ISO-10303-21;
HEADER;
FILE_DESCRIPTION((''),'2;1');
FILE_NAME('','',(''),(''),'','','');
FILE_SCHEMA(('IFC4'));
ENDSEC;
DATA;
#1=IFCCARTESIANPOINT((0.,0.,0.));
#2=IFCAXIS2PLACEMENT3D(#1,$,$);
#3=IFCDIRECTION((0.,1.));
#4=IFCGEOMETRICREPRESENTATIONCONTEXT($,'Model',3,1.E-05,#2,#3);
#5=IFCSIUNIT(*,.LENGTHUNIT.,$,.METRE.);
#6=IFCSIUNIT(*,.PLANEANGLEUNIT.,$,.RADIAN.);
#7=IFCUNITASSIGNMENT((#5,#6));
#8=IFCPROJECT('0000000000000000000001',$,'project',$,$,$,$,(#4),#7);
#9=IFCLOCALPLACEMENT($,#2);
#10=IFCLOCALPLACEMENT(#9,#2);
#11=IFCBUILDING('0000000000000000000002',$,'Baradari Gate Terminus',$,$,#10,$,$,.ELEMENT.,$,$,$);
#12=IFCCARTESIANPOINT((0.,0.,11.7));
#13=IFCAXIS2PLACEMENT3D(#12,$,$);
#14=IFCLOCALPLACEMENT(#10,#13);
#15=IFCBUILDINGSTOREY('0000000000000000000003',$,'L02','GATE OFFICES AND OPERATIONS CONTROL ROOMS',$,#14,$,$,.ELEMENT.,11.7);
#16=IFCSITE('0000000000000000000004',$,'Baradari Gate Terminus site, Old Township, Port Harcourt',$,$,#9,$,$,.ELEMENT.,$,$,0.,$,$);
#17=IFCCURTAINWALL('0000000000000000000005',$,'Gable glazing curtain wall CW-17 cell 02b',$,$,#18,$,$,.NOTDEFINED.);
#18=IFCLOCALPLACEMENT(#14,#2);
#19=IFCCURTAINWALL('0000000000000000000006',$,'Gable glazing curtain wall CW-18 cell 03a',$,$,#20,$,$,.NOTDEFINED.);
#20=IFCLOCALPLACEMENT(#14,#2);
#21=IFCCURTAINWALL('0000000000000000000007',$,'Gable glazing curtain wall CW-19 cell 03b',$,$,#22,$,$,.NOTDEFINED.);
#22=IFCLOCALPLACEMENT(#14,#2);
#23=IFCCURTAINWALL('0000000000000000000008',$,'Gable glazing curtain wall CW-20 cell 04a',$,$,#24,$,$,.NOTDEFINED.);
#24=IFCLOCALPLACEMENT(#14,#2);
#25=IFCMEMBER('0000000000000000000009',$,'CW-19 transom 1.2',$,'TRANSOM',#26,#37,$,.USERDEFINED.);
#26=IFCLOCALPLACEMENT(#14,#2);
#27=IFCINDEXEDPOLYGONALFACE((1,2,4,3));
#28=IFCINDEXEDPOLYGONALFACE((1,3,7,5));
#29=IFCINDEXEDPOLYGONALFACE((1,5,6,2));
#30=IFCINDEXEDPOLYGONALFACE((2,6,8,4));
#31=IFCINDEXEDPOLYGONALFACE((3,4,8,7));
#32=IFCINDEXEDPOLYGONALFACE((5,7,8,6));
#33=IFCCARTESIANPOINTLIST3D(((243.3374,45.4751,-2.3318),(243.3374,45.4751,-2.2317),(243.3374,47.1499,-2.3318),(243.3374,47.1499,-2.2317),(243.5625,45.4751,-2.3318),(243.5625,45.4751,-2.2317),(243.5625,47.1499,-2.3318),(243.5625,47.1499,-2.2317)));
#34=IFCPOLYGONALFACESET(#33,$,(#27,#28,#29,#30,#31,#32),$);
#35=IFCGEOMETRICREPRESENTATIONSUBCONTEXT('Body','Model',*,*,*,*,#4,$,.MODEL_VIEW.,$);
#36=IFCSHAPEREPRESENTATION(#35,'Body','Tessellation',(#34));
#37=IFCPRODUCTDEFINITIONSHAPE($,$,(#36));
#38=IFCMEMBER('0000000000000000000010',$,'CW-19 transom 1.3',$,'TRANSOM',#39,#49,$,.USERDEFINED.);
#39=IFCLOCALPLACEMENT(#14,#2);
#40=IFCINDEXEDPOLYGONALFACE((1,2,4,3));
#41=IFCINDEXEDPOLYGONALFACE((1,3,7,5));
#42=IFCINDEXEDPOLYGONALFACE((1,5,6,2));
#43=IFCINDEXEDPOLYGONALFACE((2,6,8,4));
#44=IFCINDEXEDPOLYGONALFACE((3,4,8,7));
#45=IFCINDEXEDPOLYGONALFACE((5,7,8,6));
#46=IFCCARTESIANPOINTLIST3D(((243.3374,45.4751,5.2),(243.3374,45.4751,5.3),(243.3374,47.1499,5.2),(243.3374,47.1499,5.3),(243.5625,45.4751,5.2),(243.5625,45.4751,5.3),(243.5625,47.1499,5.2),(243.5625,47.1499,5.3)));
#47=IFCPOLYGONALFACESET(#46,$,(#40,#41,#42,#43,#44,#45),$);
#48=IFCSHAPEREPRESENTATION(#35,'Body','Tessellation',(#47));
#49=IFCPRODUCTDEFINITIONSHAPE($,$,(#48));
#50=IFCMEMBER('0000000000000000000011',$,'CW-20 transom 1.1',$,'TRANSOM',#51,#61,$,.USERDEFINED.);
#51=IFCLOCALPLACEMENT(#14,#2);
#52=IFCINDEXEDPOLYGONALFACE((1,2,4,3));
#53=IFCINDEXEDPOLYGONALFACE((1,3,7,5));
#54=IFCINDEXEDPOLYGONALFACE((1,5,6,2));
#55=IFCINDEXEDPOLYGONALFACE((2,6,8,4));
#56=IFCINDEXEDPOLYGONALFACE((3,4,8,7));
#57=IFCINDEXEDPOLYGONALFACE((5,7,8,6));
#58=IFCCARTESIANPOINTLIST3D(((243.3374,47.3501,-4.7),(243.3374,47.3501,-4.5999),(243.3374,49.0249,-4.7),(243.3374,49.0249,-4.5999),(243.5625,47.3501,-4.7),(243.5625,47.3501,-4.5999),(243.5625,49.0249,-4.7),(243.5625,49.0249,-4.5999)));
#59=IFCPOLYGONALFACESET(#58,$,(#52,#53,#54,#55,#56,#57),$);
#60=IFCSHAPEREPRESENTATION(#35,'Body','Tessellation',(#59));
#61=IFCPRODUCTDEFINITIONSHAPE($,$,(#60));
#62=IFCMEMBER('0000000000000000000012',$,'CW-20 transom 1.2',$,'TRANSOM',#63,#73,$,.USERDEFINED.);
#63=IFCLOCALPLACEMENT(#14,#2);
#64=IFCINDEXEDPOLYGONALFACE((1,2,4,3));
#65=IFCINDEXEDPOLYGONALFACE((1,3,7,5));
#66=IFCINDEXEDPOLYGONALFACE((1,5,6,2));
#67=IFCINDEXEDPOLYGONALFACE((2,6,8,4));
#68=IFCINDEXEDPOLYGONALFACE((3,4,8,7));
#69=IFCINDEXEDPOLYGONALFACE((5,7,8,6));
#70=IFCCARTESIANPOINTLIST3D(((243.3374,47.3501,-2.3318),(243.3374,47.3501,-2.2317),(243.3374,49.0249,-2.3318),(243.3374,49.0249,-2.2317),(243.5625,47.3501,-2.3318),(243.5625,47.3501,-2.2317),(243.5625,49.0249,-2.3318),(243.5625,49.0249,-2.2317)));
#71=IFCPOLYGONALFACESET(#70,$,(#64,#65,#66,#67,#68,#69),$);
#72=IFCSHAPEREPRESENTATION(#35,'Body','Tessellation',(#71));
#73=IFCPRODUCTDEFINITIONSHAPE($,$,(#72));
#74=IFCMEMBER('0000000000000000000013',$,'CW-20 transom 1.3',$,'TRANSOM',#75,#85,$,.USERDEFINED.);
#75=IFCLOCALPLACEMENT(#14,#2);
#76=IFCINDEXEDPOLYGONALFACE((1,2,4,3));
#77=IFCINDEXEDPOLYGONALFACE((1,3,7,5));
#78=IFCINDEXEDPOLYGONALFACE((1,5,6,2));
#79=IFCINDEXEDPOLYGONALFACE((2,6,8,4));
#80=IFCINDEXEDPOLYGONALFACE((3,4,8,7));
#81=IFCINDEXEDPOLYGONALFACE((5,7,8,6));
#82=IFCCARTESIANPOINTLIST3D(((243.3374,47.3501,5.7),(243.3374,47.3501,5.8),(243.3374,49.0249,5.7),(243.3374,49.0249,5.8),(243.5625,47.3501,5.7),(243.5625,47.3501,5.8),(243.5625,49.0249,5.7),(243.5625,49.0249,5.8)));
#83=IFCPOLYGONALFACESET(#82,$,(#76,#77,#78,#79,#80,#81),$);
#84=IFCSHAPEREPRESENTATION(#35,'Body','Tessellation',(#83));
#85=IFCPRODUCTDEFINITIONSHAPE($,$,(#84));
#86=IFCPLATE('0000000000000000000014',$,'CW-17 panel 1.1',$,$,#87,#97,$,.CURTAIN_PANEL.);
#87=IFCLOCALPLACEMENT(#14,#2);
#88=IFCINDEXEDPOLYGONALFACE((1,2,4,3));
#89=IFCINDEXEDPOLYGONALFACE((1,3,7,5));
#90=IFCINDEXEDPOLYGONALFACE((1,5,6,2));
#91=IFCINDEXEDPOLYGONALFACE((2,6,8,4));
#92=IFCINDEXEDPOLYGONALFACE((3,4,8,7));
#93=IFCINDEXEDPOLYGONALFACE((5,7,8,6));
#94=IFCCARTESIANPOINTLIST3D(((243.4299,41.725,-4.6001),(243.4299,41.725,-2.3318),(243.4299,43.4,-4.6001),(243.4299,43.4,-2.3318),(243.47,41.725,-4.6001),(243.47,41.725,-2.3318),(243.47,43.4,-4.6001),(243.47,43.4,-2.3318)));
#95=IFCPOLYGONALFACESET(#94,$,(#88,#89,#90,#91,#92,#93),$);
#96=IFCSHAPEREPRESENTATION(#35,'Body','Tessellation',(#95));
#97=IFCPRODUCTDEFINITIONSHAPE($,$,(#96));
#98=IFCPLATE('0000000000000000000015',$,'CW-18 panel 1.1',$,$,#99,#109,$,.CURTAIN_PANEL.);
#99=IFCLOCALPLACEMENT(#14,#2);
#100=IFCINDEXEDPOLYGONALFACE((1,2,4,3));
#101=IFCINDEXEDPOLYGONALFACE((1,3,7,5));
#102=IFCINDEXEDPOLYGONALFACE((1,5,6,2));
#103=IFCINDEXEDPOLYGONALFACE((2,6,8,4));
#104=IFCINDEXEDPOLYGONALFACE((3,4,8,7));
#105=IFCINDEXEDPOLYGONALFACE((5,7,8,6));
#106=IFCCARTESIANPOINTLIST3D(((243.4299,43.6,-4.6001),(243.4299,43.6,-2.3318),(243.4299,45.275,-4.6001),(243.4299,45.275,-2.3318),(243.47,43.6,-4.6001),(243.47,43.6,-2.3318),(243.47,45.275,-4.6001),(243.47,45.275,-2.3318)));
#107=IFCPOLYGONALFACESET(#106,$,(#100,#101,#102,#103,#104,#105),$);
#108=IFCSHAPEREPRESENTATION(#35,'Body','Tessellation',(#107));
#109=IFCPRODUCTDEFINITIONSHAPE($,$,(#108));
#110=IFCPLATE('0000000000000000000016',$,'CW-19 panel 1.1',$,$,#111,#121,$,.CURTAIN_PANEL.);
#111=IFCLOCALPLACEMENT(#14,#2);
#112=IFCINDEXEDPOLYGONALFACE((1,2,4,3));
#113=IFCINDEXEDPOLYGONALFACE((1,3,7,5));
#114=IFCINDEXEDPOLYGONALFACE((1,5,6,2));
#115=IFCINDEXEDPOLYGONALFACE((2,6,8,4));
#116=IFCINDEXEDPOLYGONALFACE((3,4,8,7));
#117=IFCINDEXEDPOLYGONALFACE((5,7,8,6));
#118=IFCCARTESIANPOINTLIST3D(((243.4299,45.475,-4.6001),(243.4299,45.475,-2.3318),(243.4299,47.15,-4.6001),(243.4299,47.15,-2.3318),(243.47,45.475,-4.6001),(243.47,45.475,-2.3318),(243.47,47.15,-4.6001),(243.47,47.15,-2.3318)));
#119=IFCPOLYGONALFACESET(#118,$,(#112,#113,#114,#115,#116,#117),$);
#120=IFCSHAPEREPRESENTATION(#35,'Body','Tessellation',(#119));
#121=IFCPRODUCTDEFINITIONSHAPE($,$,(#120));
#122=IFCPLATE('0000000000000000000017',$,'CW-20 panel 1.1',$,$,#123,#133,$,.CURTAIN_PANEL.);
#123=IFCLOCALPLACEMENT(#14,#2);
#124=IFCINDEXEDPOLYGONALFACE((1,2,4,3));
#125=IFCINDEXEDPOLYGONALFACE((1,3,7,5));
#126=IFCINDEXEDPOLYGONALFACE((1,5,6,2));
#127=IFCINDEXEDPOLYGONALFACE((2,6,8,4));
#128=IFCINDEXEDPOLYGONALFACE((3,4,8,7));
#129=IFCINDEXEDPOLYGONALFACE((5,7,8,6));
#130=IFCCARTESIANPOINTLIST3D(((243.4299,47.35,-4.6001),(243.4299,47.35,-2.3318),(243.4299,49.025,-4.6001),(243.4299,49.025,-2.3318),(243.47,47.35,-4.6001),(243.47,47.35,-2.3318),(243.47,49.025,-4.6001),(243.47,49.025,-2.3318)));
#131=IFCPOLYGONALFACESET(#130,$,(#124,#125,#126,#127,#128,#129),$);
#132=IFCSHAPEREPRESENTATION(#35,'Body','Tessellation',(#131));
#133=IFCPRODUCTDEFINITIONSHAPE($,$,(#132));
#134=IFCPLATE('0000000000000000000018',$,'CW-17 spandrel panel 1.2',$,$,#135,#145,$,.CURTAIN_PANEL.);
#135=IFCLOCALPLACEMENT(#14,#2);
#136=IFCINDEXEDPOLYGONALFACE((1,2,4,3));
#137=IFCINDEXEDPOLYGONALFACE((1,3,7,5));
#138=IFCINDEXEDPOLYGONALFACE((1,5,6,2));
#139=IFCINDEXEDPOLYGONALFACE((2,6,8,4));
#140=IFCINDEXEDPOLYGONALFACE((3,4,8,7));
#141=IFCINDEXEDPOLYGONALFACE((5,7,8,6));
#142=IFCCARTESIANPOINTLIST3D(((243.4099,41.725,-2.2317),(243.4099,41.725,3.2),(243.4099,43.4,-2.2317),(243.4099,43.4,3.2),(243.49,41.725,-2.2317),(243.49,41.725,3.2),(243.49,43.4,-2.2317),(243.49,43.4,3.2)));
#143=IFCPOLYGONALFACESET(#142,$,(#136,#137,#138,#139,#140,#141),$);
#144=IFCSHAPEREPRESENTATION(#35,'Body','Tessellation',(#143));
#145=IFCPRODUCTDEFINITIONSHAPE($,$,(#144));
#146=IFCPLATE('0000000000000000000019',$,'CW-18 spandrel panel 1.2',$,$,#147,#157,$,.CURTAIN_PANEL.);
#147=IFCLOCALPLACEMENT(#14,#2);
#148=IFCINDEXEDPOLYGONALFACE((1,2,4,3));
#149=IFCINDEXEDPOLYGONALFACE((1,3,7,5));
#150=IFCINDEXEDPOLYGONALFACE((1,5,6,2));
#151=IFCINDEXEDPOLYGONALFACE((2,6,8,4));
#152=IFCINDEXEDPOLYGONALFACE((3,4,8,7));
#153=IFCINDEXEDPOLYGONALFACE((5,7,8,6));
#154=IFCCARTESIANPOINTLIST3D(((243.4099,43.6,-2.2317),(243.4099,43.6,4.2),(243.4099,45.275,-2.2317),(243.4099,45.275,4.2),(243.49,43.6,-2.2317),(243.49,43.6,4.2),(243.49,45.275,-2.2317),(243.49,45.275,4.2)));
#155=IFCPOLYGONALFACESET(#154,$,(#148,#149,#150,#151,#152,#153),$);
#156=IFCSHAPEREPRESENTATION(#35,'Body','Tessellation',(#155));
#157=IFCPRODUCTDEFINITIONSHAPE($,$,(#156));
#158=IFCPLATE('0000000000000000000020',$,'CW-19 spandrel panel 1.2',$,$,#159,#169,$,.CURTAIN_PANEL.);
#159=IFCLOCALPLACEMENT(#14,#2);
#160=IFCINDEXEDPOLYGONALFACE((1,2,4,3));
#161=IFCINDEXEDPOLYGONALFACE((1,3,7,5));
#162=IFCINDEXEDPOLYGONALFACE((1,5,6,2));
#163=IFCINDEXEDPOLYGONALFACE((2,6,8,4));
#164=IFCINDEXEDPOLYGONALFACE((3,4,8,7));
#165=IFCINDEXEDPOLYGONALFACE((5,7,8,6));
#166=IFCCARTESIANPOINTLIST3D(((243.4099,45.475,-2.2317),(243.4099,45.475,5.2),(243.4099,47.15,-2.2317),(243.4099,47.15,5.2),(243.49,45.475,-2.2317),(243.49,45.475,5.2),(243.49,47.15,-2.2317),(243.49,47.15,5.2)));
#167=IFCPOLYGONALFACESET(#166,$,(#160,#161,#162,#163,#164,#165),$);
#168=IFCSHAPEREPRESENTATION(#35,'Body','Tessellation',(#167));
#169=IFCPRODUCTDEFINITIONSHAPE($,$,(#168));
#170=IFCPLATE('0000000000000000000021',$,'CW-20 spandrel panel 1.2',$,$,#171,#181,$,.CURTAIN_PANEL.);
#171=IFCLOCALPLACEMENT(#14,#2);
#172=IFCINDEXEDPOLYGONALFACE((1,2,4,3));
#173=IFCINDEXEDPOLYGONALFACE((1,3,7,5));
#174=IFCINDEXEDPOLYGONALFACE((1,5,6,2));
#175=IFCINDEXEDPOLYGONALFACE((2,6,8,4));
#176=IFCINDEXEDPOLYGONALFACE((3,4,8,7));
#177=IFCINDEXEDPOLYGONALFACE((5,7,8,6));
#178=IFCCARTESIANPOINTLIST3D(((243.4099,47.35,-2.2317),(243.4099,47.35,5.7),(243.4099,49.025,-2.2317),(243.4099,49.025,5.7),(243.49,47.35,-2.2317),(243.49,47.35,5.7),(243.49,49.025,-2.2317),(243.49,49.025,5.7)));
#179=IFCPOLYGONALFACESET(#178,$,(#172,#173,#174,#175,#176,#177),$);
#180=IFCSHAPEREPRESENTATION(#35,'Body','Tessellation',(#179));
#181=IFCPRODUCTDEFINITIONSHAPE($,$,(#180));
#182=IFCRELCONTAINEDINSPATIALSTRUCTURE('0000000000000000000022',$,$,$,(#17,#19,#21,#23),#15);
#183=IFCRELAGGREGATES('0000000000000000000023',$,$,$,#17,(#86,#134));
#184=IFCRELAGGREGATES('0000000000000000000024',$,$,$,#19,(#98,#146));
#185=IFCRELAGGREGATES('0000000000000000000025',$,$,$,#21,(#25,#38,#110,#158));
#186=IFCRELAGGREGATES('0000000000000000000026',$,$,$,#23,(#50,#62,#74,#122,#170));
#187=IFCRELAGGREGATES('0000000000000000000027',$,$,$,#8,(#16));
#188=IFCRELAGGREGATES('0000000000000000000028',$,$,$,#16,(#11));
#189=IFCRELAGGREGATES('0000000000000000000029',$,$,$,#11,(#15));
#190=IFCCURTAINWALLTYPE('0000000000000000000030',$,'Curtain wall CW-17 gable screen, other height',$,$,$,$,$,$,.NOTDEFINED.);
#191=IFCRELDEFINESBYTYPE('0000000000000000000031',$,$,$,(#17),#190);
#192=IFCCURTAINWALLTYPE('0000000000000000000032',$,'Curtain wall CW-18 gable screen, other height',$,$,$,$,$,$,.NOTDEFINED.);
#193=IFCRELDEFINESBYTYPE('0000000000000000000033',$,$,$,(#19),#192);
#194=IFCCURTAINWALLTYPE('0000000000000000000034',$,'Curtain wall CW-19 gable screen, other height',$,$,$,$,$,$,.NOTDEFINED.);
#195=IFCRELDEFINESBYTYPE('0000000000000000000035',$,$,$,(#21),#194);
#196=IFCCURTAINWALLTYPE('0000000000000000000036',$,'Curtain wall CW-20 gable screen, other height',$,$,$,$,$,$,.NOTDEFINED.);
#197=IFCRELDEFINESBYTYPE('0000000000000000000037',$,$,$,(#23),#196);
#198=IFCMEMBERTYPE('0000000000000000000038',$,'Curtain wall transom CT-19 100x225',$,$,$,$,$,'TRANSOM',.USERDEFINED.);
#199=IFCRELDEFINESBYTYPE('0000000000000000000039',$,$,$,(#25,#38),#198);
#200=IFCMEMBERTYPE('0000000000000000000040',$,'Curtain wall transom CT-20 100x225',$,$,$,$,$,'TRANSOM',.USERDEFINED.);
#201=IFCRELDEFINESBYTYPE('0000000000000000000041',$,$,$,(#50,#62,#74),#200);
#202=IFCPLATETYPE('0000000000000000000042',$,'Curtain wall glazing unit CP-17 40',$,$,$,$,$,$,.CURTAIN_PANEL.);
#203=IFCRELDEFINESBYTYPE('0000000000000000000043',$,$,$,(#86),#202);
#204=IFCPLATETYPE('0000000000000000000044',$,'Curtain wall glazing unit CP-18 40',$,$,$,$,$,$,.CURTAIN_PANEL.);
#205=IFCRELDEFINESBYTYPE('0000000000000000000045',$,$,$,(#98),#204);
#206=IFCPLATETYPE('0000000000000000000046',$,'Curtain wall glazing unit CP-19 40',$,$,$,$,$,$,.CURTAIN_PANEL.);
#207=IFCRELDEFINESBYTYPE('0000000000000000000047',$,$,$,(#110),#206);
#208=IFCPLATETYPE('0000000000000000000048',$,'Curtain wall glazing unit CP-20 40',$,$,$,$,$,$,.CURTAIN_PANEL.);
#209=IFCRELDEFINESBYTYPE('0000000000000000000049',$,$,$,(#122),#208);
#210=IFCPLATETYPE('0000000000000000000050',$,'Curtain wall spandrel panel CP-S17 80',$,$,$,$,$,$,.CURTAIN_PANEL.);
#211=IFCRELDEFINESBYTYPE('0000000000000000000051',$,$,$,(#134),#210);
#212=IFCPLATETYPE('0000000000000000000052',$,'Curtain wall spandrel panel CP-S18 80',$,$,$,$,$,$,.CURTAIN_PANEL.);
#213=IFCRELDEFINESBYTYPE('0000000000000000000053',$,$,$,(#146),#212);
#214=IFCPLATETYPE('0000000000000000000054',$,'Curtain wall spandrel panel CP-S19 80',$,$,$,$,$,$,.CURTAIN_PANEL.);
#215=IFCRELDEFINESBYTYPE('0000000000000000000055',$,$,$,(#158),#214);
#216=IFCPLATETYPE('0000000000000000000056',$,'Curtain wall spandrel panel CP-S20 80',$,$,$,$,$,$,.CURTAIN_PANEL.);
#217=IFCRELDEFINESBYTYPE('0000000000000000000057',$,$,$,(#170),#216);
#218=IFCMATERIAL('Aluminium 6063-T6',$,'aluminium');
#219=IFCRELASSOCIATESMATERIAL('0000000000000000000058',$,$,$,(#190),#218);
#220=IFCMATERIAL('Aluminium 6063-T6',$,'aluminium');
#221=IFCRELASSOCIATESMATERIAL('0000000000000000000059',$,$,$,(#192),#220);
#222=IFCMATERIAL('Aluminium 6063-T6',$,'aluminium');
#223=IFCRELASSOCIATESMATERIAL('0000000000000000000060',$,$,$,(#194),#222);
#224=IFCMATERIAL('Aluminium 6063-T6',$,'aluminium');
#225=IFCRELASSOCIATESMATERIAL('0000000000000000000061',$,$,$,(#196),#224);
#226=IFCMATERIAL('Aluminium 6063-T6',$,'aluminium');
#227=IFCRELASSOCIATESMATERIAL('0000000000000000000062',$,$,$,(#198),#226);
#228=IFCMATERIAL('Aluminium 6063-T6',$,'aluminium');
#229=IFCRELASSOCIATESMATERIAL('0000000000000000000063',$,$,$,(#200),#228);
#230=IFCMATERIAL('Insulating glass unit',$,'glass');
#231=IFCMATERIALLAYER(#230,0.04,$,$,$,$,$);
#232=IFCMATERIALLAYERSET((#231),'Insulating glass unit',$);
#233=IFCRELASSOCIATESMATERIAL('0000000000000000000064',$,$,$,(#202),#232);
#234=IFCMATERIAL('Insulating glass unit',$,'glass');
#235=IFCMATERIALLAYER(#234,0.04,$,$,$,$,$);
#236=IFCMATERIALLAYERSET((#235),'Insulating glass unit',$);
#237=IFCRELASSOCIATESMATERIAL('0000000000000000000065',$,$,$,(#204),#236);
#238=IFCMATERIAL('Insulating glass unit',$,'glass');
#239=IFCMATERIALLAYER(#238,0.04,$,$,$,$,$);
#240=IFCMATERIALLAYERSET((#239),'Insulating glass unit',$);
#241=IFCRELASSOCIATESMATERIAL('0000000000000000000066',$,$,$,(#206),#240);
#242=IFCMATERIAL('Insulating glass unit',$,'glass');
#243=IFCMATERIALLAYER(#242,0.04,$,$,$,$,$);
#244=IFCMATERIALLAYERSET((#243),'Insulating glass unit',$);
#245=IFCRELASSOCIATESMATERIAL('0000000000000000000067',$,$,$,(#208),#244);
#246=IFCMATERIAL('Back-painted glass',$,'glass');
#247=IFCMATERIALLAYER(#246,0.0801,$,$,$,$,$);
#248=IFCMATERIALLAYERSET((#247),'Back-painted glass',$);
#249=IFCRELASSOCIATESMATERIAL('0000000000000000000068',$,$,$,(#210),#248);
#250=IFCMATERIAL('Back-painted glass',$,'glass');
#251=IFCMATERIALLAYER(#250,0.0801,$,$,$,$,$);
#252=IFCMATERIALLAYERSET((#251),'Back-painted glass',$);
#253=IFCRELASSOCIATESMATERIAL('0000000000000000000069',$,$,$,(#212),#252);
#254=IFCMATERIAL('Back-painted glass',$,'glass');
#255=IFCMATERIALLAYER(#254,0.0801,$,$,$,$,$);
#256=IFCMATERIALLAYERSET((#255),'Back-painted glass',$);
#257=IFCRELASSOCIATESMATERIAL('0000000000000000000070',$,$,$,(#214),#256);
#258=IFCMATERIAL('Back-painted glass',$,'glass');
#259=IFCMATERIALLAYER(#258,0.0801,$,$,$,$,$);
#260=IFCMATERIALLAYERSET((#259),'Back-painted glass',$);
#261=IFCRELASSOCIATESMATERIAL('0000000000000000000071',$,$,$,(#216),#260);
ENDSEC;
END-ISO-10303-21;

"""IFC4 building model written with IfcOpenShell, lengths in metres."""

from ifc_helpers import new_model, si_unit, direction, frame, origin, origin_2d, place, context, subcontext, project, spatial, rectangle, extrude, material, layer, layer_set, material_profile, profile_set, type_object, element, aggregate, save


model = new_model("IFC4")

# Units and contexts
model_context = context("Model", 3, precision=1e-05, world=origin(), true_north=direction((0.0, 1.0)))
body_context = subcontext(model_context, "Body", "Model", "MODEL_VIEW")
ifc_project = project(units=[si_unit("LENGTHUNIT", "METRE"), si_unit("PLANEANGLEUNIT", "RADIAN")], contexts=[model_context])

# Site, building, storey
site_placement = place(None, origin())
site = spatial("IfcSite", under=ifc_project, at=site_placement, Name="Baradari Gate Terminus site, Old Township, Port Harcourt", CompositionType="ELEMENT", RefElevation=0.0)
building_placement = place(site_placement, origin())
building = spatial("IfcBuilding", under=site, at=building_placement, Name="Baradari Gate Terminus", CompositionType="ELEMENT")
storey_placement = place(building_placement, frame((0.0, 0.0, 11.7)))
storey = spatial("IfcBuildingStorey", under=building, at=storey_placement, Name="L02", Description="GATE OFFICES AND OPERATIONS CONTROL ROOMS", CompositionType="ELEMENT", Elevation=11.7)

# Curtain wall
ifc_material_1 = material(Name="Aluminium 6063-T6", Category="aluminium")
curtain_wall_type_1 = type_object("IfcCurtainWallType", Name="Curtain wall CW-17 gable screen, other height", PredefinedType="NOTDEFINED", material=ifc_material_1)
curtain_wall_1_placement = place(storey_placement, origin())
curtain_wall_1 = element("IfcCurtainWall", 1, at=curtain_wall_1_placement, inside=storey, type_object=curtain_wall_type_1, Name="Gable glazing curtain wall CW-17 cell 02b", PredefinedType="NOTDEFINED")

# Curtain walls
ifc_material_2 = material(Name="Aluminium 6063-T6", Category="aluminium")
curtain_wall_type_2 = type_object("IfcCurtainWallType", Name="Curtain wall CW-18 gable screen, other height", PredefinedType="NOTDEFINED", material=ifc_material_2)
curtain_wall_2_placement = place(storey_placement, origin())
curtain_wall_2 = element("IfcCurtainWall", 2, at=curtain_wall_2_placement, inside=storey, type_object=curtain_wall_type_2, Name="Gable glazing curtain wall CW-18 cell 03a", PredefinedType="NOTDEFINED")
ifc_material_3 = material(Name="Aluminium 6063-T6", Category="aluminium")
curtain_wall_type_3 = type_object("IfcCurtainWallType", Name="Curtain wall CW-19 gable screen, other height", PredefinedType="NOTDEFINED", material=ifc_material_3)
curtain_wall_3_placement = place(storey_placement, origin())
curtain_wall_3 = element("IfcCurtainWall", 3, at=curtain_wall_3_placement, inside=storey, type_object=curtain_wall_type_3, Name="Gable glazing curtain wall CW-19 cell 03b", PredefinedType="NOTDEFINED")
ifc_material_4 = material(Name="Aluminium 6063-T6", Category="aluminium")
curtain_wall_type_4 = type_object("IfcCurtainWallType", Name="Curtain wall CW-20 gable screen, other height", PredefinedType="NOTDEFINED", material=ifc_material_4)
curtain_wall_4_placement = place(storey_placement, origin())
curtain_wall_4 = element("IfcCurtainWall", 4, at=curtain_wall_4_placement, inside=storey, type_object=curtain_wall_type_4, Name="Gable glazing curtain wall CW-20 cell 04a", PredefinedType="NOTDEFINED")

# Members
ifc_material_5 = material(Name="Aluminium 6063-T6", Category="aluminium")
ifc_material_profile_1 = material_profile(ifc_material_5, rectangle(XDim=0.2251, YDim=0.1001, at=origin_2d()), Name="CT-19 100X225")
ifc_profile_set_1 = profile_set([ifc_material_profile_1], Name="Aluminium 6063-T6")
member_type_1 = type_object("IfcMemberType", Name="Curtain wall transom CT-19 100x225", ElementType="TRANSOM", PredefinedType="USERDEFINED", material=ifc_profile_set_1)
member_1_placement = place(storey_placement, frame((243.45, 45.4751, -2.2817), z_axis=(0.0, 1.0, 0.0), x_axis=(-1.0, 0.0, 0.0)))
member_1 = element("IfcMember", 5, at=member_1_placement, type_object=member_type_1, Name="CW-19 transom 1.2", ObjectType="TRANSOM", PredefinedType="USERDEFINED", context=body_context, shape_type="SweptSolid", body=[
    extrude(rectangle(XDim=0.2251, YDim=0.1001, at=origin_2d()), origin(), (0.0, 0.0, 1.0), 1.6748),
])
member_2_placement = place(storey_placement, frame((243.45, 45.4751, 5.25), z_axis=(0.0, 1.0, 0.0), x_axis=(-1.0, 0.0, 0.0)))
member_2 = element("IfcMember", 6, at=member_2_placement, type_object=member_type_1, Name="CW-19 transom 1.3", ObjectType="TRANSOM", PredefinedType="USERDEFINED", context=body_context, shape_type="SweptSolid", body=[
    extrude(rectangle(XDim=0.2251, YDim=0.1001, at=origin_2d()), origin(), (0.0, 0.0, 1.0), 1.6748),
])
ifc_material_6 = material(Name="Aluminium 6063-T6", Category="aluminium")
ifc_material_profile_2 = material_profile(ifc_material_6, rectangle(XDim=0.2251, YDim=0.1001, at=origin_2d()), Name="CT-20 100X225")
ifc_profile_set_2 = profile_set([ifc_material_profile_2], Name="Aluminium 6063-T6")
member_type_2 = type_object("IfcMemberType", Name="Curtain wall transom CT-20 100x225", ElementType="TRANSOM", PredefinedType="USERDEFINED", material=ifc_profile_set_2)
member_3_placement = place(storey_placement, frame((243.45, 47.3501, -4.6499), z_axis=(0.0, 1.0, 0.0), x_axis=(-1.0, 0.0, 0.0)))
member_3 = element("IfcMember", 7, at=member_3_placement, type_object=member_type_2, Name="CW-20 transom 1.1", ObjectType="TRANSOM", PredefinedType="USERDEFINED", context=body_context, shape_type="SweptSolid", body=[
    extrude(rectangle(XDim=0.2251, YDim=0.1001, at=origin_2d()), origin(), (0.0, 0.0, 1.0), 1.6748),
])
member_4_placement = place(storey_placement, frame((243.45, 47.3501, -2.2817), z_axis=(0.0, 1.0, 0.0), x_axis=(-1.0, 0.0, 0.0)))
member_4 = element("IfcMember", 8, at=member_4_placement, type_object=member_type_2, Name="CW-20 transom 1.2", ObjectType="TRANSOM", PredefinedType="USERDEFINED", context=body_context, shape_type="SweptSolid", body=[
    extrude(rectangle(XDim=0.2251, YDim=0.1001, at=origin_2d()), origin(), (0.0, 0.0, 1.0), 1.6748),
])
member_5_placement = place(storey_placement, frame((243.45, 47.3501, 5.75), z_axis=(0.0, 1.0, 0.0), x_axis=(-1.0, 0.0, 0.0)))
member_5 = element("IfcMember", 9, at=member_5_placement, type_object=member_type_2, Name="CW-20 transom 1.3", ObjectType="TRANSOM", PredefinedType="USERDEFINED", context=body_context, shape_type="SweptSolid", body=[
    extrude(rectangle(XDim=0.2251, YDim=0.1001, at=origin_2d()), origin(), (0.0, 0.0, 1.0), 1.6748),
])

# Plates
ifc_material_7 = material(Name="Insulating glass unit", Category="glass")
ifc_layer_1 = layer(ifc_material_7, 0.04)
ifc_layer_set_1 = layer_set([ifc_layer_1], Name="Insulating glass unit")
plate_type_1 = type_object("IfcPlateType", Name="Curtain wall glazing unit CP-17 40", PredefinedType="CURTAIN_PANEL", material=ifc_layer_set_1)
plate_1_placement = place(storey_placement, frame((243.45, 42.5625, -4.6001), z_axis=(0.0, 0.0, 1.0), x_axis=(0.0, 1.0, 0.0)))
plate_1 = element("IfcPlate", 10, at=plate_1_placement, type_object=plate_type_1, Name="CW-17 panel 1.1", PredefinedType="CURTAIN_PANEL", context=body_context, shape_type="SweptSolid", body=[
    extrude(rectangle(XDim=1.675, YDim=0.04, at=origin_2d()), origin(), (0.0, 0.0, 1.0), 2.2683),
])
ifc_material_8 = material(Name="Insulating glass unit", Category="glass")
ifc_layer_2 = layer(ifc_material_8, 0.04)
ifc_layer_set_2 = layer_set([ifc_layer_2], Name="Insulating glass unit")
plate_type_2 = type_object("IfcPlateType", Name="Curtain wall glazing unit CP-18 40", PredefinedType="CURTAIN_PANEL", material=ifc_layer_set_2)
plate_2_placement = place(storey_placement, frame((243.45, 44.4375, -4.6001), z_axis=(0.0, 0.0, 1.0), x_axis=(0.0, 1.0, 0.0)))
plate_2 = element("IfcPlate", 11, at=plate_2_placement, type_object=plate_type_2, Name="CW-18 panel 1.1", PredefinedType="CURTAIN_PANEL", context=body_context, shape_type="SweptSolid", body=[
    extrude(rectangle(XDim=1.675, YDim=0.04, at=origin_2d()), origin(), (0.0, 0.0, 1.0), 2.2683),
])
ifc_material_9 = material(Name="Insulating glass unit", Category="glass")
ifc_layer_3 = layer(ifc_material_9, 0.04)
ifc_layer_set_3 = layer_set([ifc_layer_3], Name="Insulating glass unit")
plate_type_3 = type_object("IfcPlateType", Name="Curtain wall glazing unit CP-19 40", PredefinedType="CURTAIN_PANEL", material=ifc_layer_set_3)
plate_3_placement = place(storey_placement, frame((243.45, 46.3125, -4.6001), z_axis=(0.0, 0.0, 1.0), x_axis=(0.0, 1.0, 0.0)))
plate_3 = element("IfcPlate", 12, at=plate_3_placement, type_object=plate_type_3, Name="CW-19 panel 1.1", PredefinedType="CURTAIN_PANEL", context=body_context, shape_type="SweptSolid", body=[
    extrude(rectangle(XDim=1.675, YDim=0.04, at=origin_2d()), origin(), (0.0, 0.0, 1.0), 2.2683),
])
ifc_material_10 = material(Name="Insulating glass unit", Category="glass")
ifc_layer_4 = layer(ifc_material_10, 0.04)
ifc_layer_set_4 = layer_set([ifc_layer_4], Name="Insulating glass unit")
plate_type_4 = type_object("IfcPlateType", Name="Curtain wall glazing unit CP-20 40", PredefinedType="CURTAIN_PANEL", material=ifc_layer_set_4)
plate_4_placement = place(storey_placement, frame((243.45, 48.1875, -4.6001), z_axis=(0.0, 0.0, 1.0), x_axis=(0.0, 1.0, 0.0)))
plate_4 = element("IfcPlate", 13, at=plate_4_placement, type_object=plate_type_4, Name="CW-20 panel 1.1", PredefinedType="CURTAIN_PANEL", context=body_context, shape_type="SweptSolid", body=[
    extrude(rectangle(XDim=1.675, YDim=0.04, at=origin_2d()), origin(), (0.0, 0.0, 1.0), 2.2683),
])
ifc_material_11 = material(Name="Back-painted glass", Category="glass")
ifc_layer_5 = layer(ifc_material_11, 0.0801)
ifc_layer_set_5 = layer_set([ifc_layer_5], Name="Back-painted glass")
plate_type_5 = type_object("IfcPlateType", Name="Curtain wall spandrel panel CP-S17 80", PredefinedType="CURTAIN_PANEL", material=ifc_layer_set_5)
plate_5_placement = place(storey_placement, frame((243.45, 42.5625, -2.2317), z_axis=(0.0, 0.0, 1.0), x_axis=(0.0, 1.0, 0.0)))
plate_5 = element("IfcPlate", 14, at=plate_5_placement, type_object=plate_type_5, Name="CW-17 spandrel panel 1.2", PredefinedType="CURTAIN_PANEL", context=body_context, shape_type="SweptSolid", body=[
    extrude(rectangle(XDim=1.675, YDim=0.0801, at=origin_2d()), origin(), (0.0, 0.0, 1.0), 5.4316),
])
aggregate(curtain_wall_1, [plate_1, plate_5])
ifc_material_12 = material(Name="Back-painted glass", Category="glass")
ifc_layer_6 = layer(ifc_material_12, 0.0801)
ifc_layer_set_6 = layer_set([ifc_layer_6], Name="Back-painted glass")
plate_type_6 = type_object("IfcPlateType", Name="Curtain wall spandrel panel CP-S18 80", PredefinedType="CURTAIN_PANEL", material=ifc_layer_set_6)
plate_6_placement = place(storey_placement, frame((243.45, 44.4375, -2.2317), z_axis=(0.0, 0.0, 1.0), x_axis=(0.0, 1.0, 0.0)))
plate_6 = element("IfcPlate", 15, at=plate_6_placement, type_object=plate_type_6, Name="CW-18 spandrel panel 1.2", PredefinedType="CURTAIN_PANEL", context=body_context, shape_type="SweptSolid", body=[
    extrude(rectangle(XDim=1.675, YDim=0.0801, at=origin_2d()), origin(), (0.0, 0.0, 1.0), 6.4316),
])
aggregate(curtain_wall_2, [plate_2, plate_6])
ifc_material_13 = material(Name="Back-painted glass", Category="glass")
ifc_layer_7 = layer(ifc_material_13, 0.0801)
ifc_layer_set_7 = layer_set([ifc_layer_7], Name="Back-painted glass")
plate_type_7 = type_object("IfcPlateType", Name="Curtain wall spandrel panel CP-S19 80", PredefinedType="CURTAIN_PANEL", material=ifc_layer_set_7)
plate_7_placement = place(storey_placement, frame((243.45, 46.3125, -2.2317), z_axis=(0.0, 0.0, 1.0), x_axis=(0.0, 1.0, 0.0)))
plate_7 = element("IfcPlate", 16, at=plate_7_placement, type_object=plate_type_7, Name="CW-19 spandrel panel 1.2", PredefinedType="CURTAIN_PANEL", context=body_context, shape_type="SweptSolid", body=[
    extrude(rectangle(XDim=1.675, YDim=0.0801, at=origin_2d()), origin(), (0.0, 0.0, 1.0), 7.4316),
])
aggregate(curtain_wall_3, [member_1, member_2, plate_3, plate_7])
ifc_material_14 = material(Name="Back-painted glass", Category="glass")
ifc_layer_8 = layer(ifc_material_14, 0.0801)
ifc_layer_set_8 = layer_set([ifc_layer_8], Name="Back-painted glass")
plate_type_8 = type_object("IfcPlateType", Name="Curtain wall spandrel panel CP-S20 80", PredefinedType="CURTAIN_PANEL", material=ifc_layer_set_8)
plate_8_placement = place(storey_placement, frame((243.45, 48.1875, -2.2317), z_axis=(0.0, 0.0, 1.0), x_axis=(0.0, 1.0, 0.0)))
plate_8 = element("IfcPlate", 17, at=plate_8_placement, type_object=plate_type_8, Name="CW-20 spandrel panel 1.2", PredefinedType="CURTAIN_PANEL", context=body_context, shape_type="SweptSolid", body=[
    extrude(rectangle(XDim=1.675, YDim=0.0801, at=origin_2d()), origin(), (0.0, 0.0, 1.0), 7.9316),
])
aggregate(curtain_wall_4, [member_3, member_4, member_5, plate_4, plate_8])

save(model, "model.ifc")
